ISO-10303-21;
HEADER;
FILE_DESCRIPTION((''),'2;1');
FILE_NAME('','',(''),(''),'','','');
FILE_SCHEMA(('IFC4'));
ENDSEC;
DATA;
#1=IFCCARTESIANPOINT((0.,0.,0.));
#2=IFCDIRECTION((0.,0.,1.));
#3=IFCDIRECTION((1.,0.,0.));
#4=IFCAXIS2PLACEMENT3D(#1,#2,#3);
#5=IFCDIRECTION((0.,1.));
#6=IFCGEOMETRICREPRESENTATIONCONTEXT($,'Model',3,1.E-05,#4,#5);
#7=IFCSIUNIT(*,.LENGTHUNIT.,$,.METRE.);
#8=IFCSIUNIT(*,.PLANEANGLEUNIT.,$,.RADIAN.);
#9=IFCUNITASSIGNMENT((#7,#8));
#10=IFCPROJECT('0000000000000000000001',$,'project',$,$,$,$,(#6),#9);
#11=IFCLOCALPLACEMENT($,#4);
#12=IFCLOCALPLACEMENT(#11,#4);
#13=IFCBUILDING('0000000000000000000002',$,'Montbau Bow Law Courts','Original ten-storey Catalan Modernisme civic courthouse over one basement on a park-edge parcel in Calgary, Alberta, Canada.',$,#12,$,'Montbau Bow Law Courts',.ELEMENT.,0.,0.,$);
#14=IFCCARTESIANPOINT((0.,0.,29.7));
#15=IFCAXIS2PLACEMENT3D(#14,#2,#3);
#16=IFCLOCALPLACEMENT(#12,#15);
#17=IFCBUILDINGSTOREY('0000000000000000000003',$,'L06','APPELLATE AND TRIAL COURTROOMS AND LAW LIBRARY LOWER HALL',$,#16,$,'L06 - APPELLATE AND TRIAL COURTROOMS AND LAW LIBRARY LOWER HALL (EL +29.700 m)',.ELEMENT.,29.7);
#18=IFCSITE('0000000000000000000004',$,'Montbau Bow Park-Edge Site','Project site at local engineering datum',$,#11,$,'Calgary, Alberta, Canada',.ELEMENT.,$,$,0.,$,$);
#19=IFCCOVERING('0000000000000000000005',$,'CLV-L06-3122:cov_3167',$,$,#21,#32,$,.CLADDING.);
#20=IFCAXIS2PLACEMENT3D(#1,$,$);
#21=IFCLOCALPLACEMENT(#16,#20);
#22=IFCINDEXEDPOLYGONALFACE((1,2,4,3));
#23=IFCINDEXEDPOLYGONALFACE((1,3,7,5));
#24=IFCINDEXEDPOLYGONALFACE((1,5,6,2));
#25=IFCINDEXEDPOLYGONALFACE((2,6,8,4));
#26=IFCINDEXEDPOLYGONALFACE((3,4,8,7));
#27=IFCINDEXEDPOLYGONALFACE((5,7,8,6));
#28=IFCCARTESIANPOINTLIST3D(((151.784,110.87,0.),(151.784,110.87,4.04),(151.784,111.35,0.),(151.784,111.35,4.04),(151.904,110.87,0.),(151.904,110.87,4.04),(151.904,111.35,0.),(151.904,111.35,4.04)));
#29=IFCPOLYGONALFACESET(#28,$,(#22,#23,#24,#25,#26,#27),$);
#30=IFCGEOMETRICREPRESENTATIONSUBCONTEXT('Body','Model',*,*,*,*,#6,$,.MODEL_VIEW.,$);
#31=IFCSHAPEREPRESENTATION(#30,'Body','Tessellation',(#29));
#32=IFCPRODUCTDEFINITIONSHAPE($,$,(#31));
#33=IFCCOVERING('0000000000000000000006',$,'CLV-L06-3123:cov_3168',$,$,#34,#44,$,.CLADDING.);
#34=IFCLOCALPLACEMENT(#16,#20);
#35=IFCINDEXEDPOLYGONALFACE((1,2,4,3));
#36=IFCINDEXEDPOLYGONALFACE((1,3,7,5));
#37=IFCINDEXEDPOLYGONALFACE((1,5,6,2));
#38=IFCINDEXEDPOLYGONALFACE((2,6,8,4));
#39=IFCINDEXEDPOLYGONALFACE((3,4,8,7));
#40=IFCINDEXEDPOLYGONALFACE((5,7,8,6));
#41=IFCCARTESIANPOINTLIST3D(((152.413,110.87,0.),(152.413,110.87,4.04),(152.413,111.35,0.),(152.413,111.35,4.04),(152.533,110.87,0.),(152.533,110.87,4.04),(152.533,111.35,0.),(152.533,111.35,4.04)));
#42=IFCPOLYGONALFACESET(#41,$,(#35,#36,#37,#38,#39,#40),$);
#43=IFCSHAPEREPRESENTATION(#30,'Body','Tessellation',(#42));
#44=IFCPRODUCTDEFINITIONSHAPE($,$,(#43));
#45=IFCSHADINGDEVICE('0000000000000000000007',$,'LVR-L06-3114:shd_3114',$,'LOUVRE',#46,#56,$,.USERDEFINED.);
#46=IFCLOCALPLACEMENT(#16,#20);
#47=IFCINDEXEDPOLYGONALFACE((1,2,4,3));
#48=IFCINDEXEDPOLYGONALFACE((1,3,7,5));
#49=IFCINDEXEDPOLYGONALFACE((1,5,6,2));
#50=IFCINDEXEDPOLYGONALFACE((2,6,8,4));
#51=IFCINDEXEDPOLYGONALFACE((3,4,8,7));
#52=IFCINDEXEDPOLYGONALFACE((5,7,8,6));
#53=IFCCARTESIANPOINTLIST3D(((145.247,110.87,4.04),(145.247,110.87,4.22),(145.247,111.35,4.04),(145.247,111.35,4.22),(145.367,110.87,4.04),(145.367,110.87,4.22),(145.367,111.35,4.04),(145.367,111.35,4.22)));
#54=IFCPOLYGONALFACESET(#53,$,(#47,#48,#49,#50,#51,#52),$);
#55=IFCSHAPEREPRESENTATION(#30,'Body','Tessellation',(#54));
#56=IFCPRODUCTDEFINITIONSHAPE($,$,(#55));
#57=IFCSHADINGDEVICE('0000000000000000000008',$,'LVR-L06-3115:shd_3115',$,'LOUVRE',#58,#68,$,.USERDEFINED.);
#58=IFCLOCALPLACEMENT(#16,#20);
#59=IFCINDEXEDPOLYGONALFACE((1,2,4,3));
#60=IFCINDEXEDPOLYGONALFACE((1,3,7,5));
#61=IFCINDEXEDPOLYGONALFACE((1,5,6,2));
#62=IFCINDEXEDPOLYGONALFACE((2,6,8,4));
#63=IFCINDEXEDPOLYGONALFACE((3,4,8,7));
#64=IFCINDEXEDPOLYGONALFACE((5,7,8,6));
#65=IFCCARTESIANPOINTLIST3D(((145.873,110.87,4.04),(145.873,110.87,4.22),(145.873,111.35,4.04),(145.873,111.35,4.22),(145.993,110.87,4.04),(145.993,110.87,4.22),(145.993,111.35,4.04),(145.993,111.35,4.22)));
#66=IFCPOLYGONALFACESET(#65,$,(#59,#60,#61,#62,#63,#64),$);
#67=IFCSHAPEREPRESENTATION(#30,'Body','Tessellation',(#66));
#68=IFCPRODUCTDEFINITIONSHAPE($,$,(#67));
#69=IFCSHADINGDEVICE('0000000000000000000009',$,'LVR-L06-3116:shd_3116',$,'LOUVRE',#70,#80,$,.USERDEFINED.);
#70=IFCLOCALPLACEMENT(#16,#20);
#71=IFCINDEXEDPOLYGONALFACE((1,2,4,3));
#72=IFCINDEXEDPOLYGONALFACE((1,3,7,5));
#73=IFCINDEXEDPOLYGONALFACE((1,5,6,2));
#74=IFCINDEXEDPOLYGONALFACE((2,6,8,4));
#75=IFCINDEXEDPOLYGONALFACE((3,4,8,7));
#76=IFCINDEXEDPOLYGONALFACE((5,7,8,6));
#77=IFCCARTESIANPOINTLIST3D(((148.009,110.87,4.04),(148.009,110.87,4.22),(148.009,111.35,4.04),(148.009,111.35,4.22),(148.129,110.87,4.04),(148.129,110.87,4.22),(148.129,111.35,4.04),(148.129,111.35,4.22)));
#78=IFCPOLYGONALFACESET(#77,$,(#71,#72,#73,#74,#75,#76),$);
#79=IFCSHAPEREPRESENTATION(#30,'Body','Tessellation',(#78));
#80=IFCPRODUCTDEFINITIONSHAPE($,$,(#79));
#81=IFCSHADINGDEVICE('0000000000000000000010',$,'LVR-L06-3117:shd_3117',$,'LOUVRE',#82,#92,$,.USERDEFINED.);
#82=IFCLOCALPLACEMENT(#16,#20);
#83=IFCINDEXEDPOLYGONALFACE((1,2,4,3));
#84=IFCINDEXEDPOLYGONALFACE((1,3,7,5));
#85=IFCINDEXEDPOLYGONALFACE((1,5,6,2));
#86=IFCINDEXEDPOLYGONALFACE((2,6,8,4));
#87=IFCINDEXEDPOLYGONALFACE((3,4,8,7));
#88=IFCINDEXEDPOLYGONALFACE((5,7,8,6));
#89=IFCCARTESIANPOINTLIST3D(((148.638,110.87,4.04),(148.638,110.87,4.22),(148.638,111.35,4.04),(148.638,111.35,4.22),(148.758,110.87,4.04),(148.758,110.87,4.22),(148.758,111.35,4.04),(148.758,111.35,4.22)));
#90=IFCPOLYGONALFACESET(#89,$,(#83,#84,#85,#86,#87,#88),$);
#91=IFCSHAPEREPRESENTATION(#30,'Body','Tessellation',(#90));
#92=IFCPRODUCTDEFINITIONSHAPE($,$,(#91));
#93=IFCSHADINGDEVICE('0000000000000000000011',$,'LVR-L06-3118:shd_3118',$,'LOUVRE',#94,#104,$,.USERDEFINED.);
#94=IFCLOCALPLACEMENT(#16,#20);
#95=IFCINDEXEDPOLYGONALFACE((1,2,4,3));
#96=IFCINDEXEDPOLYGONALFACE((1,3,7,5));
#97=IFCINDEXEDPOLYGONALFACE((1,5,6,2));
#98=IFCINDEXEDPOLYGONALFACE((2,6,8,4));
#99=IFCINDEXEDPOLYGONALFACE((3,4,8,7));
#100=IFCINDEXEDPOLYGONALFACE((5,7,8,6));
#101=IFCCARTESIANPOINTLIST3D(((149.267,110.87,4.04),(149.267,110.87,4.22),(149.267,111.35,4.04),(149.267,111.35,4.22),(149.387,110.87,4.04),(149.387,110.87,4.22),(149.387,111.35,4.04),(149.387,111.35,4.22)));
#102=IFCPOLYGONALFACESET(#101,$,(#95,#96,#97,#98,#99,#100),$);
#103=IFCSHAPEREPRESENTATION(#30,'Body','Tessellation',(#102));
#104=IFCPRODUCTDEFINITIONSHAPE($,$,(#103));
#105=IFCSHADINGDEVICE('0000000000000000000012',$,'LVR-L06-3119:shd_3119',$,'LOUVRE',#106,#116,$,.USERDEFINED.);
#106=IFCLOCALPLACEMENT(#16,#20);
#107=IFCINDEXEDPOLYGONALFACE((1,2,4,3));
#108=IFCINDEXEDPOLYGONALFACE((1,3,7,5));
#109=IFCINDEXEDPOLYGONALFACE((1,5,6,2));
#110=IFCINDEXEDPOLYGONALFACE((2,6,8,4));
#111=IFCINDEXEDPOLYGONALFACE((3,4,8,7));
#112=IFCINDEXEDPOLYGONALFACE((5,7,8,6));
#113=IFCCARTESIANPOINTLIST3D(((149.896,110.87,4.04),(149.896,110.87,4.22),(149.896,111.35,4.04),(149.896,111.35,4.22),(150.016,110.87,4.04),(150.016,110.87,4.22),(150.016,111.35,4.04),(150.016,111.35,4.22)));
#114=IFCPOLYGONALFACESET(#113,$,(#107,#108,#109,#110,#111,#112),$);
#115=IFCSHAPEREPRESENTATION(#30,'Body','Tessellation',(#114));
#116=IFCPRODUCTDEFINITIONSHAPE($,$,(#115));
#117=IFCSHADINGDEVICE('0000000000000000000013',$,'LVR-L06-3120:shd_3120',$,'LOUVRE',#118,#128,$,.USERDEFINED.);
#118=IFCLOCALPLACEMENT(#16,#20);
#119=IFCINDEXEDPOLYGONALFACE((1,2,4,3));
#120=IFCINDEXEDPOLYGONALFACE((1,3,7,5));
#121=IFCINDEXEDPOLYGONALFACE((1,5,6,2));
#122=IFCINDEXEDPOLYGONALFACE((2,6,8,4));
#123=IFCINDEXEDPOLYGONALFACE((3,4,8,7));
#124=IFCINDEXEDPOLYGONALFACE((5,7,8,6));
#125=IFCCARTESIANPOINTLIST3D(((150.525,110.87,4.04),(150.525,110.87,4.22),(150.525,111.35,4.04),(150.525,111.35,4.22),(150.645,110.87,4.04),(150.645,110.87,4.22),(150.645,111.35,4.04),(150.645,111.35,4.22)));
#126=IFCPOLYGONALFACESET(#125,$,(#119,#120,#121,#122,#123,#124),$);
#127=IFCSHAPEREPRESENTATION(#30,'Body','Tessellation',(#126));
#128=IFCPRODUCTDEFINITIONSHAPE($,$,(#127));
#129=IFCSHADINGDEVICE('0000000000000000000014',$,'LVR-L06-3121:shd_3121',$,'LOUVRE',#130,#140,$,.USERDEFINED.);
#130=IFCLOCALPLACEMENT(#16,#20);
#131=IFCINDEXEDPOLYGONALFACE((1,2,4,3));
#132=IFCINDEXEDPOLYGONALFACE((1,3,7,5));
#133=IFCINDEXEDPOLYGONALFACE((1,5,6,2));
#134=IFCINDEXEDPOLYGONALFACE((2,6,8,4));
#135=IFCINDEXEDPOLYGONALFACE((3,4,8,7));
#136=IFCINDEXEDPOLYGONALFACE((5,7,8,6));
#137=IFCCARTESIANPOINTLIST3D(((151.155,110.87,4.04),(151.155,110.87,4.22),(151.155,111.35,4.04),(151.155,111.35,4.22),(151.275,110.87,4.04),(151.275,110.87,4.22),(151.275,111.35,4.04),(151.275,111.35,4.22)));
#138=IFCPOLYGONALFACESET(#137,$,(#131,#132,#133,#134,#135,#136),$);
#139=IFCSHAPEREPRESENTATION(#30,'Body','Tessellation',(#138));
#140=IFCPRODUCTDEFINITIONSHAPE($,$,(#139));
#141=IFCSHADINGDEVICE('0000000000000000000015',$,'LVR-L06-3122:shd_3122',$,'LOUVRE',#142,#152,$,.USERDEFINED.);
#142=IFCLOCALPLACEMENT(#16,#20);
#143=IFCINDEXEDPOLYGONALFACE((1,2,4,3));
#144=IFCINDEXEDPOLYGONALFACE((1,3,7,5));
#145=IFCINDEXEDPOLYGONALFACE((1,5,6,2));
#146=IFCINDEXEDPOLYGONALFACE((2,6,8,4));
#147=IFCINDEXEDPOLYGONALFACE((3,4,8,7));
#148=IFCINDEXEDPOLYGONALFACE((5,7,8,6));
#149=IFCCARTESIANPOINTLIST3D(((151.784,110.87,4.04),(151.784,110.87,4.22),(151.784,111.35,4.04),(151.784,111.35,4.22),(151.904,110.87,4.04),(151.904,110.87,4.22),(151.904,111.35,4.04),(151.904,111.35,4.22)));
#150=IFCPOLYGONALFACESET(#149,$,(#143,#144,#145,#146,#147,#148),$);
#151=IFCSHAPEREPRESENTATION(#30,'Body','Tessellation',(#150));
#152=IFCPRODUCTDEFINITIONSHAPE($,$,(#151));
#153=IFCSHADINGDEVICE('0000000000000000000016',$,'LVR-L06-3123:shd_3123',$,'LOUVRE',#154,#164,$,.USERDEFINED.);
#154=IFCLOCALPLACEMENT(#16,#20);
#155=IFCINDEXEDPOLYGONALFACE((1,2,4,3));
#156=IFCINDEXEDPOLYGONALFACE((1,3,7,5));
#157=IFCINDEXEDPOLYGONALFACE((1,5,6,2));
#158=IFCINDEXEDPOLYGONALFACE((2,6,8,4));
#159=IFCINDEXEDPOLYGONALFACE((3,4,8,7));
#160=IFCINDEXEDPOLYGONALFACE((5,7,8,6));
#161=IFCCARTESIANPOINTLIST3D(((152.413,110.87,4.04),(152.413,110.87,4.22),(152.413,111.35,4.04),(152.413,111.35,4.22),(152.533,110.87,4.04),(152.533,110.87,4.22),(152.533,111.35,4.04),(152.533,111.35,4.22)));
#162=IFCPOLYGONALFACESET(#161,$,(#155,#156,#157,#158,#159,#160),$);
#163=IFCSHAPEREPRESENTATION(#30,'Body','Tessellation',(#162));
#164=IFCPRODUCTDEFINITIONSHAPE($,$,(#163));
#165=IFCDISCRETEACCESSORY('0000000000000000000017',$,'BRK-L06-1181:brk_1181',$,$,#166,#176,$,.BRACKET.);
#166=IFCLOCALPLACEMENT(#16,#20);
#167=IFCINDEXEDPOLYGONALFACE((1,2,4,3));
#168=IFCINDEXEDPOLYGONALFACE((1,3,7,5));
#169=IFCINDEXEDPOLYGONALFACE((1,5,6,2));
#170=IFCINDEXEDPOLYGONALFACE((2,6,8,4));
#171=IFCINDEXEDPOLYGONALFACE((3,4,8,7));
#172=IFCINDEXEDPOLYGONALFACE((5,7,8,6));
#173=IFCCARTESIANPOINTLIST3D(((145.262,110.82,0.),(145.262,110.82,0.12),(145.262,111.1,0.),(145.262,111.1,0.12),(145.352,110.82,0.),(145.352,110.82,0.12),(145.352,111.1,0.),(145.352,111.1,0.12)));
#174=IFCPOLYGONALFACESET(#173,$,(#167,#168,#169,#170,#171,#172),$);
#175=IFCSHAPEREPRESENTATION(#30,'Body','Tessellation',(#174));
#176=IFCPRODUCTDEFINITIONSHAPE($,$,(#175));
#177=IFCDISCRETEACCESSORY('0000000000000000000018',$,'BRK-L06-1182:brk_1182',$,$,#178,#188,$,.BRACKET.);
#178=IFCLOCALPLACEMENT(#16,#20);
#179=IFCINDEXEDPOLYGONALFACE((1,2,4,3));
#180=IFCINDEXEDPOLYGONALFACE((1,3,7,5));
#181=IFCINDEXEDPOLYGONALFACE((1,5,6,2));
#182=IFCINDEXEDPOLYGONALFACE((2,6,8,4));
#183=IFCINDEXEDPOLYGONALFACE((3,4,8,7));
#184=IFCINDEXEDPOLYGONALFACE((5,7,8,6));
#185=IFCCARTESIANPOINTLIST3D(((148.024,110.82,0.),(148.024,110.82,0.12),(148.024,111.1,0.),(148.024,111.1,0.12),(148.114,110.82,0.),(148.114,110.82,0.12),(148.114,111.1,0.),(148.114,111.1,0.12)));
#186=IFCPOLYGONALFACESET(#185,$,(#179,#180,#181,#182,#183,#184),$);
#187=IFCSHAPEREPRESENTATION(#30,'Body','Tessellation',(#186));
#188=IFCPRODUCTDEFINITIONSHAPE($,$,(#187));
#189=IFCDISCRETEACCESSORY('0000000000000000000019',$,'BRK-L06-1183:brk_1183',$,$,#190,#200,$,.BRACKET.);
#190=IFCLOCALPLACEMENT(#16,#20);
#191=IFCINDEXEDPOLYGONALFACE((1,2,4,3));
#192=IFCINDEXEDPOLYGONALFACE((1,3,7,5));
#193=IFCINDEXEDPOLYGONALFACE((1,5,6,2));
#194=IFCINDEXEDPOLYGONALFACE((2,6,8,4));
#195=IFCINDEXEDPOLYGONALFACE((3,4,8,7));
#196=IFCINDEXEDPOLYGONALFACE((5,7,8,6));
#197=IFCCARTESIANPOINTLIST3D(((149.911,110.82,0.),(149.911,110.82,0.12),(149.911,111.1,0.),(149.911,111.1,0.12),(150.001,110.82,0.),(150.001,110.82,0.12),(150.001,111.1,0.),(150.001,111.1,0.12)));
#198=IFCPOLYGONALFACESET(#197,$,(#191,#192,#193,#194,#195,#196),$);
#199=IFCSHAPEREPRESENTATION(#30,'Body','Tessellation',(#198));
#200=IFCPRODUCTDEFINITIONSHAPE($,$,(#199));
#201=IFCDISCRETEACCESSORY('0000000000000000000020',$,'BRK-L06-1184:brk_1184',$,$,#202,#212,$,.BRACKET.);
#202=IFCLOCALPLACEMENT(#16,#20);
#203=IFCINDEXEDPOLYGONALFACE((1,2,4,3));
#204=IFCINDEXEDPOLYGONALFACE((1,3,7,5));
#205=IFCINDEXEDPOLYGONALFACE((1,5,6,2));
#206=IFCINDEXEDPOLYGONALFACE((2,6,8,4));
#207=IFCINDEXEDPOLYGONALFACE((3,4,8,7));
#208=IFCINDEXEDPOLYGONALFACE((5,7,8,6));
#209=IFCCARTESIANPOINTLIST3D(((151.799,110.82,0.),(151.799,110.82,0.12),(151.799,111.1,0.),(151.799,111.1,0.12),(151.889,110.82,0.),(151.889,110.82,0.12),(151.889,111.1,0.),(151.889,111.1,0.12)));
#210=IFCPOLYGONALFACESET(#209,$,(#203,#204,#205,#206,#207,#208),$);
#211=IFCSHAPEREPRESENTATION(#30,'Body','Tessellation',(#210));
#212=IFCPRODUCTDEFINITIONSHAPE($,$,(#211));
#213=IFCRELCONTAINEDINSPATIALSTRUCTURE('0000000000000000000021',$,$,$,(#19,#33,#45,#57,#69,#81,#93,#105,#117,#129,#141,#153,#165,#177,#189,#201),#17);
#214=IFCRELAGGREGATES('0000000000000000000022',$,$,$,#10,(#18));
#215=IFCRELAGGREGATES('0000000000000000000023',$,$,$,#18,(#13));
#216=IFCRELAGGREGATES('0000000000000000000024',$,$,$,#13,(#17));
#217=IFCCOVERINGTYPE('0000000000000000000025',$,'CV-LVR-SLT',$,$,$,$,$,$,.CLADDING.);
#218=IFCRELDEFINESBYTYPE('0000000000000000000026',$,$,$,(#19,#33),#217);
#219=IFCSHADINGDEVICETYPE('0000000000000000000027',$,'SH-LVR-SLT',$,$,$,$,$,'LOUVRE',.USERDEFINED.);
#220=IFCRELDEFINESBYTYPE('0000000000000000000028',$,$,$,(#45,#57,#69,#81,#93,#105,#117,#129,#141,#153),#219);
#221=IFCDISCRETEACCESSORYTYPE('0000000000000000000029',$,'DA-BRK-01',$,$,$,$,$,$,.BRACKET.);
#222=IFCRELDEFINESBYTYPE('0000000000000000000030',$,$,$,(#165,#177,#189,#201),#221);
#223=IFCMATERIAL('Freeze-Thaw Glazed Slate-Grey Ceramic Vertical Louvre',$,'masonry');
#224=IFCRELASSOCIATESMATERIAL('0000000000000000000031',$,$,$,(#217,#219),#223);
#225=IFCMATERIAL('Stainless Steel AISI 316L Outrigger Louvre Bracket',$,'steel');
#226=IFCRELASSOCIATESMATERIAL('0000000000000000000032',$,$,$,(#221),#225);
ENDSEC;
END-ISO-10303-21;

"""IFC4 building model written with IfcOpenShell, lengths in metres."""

from ifc_helpers import new_model, si_unit, direction, frame, frame_2d, origin_with_axes, origin_2d_with_axis, place, context, subcontext, project, spatial, rectangle, extrude, material, type_object, element, save


model = new_model("IFC4")

# Units and contexts
model_context = context("Model", 3, precision=1e-05, world=origin_with_axes(), true_north=direction((0.0, 1.0)))
body_context = subcontext(model_context, "Body", "Model", "MODEL_VIEW")
ifc_project = project(units=[si_unit("LENGTHUNIT", "METRE"), si_unit("PLANEANGLEUNIT", "RADIAN")], contexts=[model_context])

# Site, building, storey
site_placement = place(None, origin_with_axes())
site = spatial("IfcSite", under=ifc_project, at=site_placement, Name="Montbau Bow Park-Edge Site", Description="Project site at local engineering datum", LongName="Calgary, Alberta, Canada", CompositionType="ELEMENT", RefElevation=0.0)
building_placement = place(site_placement, origin_with_axes())
building = spatial("IfcBuilding", under=site, at=building_placement, Name="Montbau Bow Law Courts", Description="Original ten-storey Catalan Modernisme civic courthouse over one basement on a park-edge parcel in Calgary, Alberta, Canada.", LongName="Montbau Bow Law Courts", CompositionType="ELEMENT", ElevationOfRefHeight=0.0, ElevationOfTerrain=0.0)
storey_placement = place(building_placement, frame((0.0, 0.0, 29.7), z_axis=(0.0, 0.0, 1.0), x_axis=(1.0, 0.0, 0.0)))
storey = spatial("IfcBuildingStorey", under=building, at=storey_placement, Name="L06", Description="APPELLATE AND TRIAL COURTROOMS AND LAW LIBRARY LOWER HALL", LongName="L06 - APPELLATE AND TRIAL COURTROOMS AND LAW LIBRARY LOWER HALL (EL +29.700 m)", CompositionType="ELEMENT", Elevation=29.7)

# Coverings
ifc_material_1 = material(Name="Freeze-Thaw Glazed Slate-Grey Ceramic Vertical Louvre", Category="masonry")
covering_type = type_object("IfcCoveringType", Name="CV-LVR-SLT", PredefinedType="CLADDING", material=ifc_material_1)
for number, where, z_axis, x_axis, name in (
    (1, (151.844, 110.87, 29.7), (1.0, 0.0, 0.0), (0.0, 1.0, 0.0), "CLV-L06-3122:cov_3167"),
    (2, (152.473, 110.87, 29.7), (1.0, 0.0, 0.0), (0.0, 1.0, 0.0), "CLV-L06-3123:cov_3168"),
):
    element("IfcCovering", number, at=place(None, frame(where, z_axis=z_axis, x_axis=x_axis)), inside=storey, type_object=covering_type, Name=name, PredefinedType="CLADDING", context=body_context, shape_type="SweptSolid", body=[
        extrude(rectangle(XDim=0.48, YDim=4.04, at=frame_2d((0.24, 2.02), x_axis=(1.0, 0.0))), frame((0.0, 0.0, -0.06), z_axis=(0.0, 0.0, 1.0), x_axis=(1.0, 0.0, 0.0)), (0.0, 0.0, 1.0), 0.12),
    ])

# Shading devices
shading_device_type = type_object("IfcShadingDeviceType", Name="SH-LVR-SLT", ElementType="LOUVRE", PredefinedType="USERDEFINED", material=ifc_material_1)
for number, where, z_axis, x_axis, name in (
    (3, (145.307, 111.11, 33.74), (0.0, 0.0, 1.0), (0.0, 1.0, 0.0), "LVR-L06-3114:shd_3114"),
    (4, (145.933, 111.11, 33.74), (0.0, 0.0, 1.0), (0.0, 1.0, 0.0), "LVR-L06-3115:shd_3115"),
    (5, (148.069, 111.11, 33.74), (0.0, 0.0, 1.0), (0.0, 1.0, 0.0), "LVR-L06-3116:shd_3116"),
    (6, (148.698, 111.11, 33.74), (0.0, 0.0, 1.0), (0.0, 1.0, 0.0), "LVR-L06-3117:shd_3117"),
    (7, (149.327, 111.11, 33.74), (0.0, 0.0, 1.0), (0.0, 1.0, 0.0), "LVR-L06-3118:shd_3118"),
    (8, (149.956, 111.11, 33.74), (0.0, 0.0, 1.0), (0.0, 1.0, 0.0), "LVR-L06-3119:shd_3119"),
    (9, (150.585, 111.11, 33.74), (0.0, 0.0, 1.0), (0.0, 1.0, 0.0), "LVR-L06-3120:shd_3120"),
    (10, (151.215, 111.11, 33.74), (0.0, 0.0, 1.0), (0.0, 1.0, 0.0), "LVR-L06-3121:shd_3121"),
    (11, (151.844, 111.11, 33.74), (0.0, 0.0, 1.0), (0.0, 1.0, 0.0), "LVR-L06-3122:shd_3122"),
    (12, (152.473, 111.11, 33.74), (0.0, 0.0, 1.0), (0.0, 1.0, 0.0), "LVR-L06-3123:shd_3123"),
):
    element("IfcShadingDevice", number, at=place(None, frame(where, z_axis=z_axis, x_axis=x_axis)), inside=storey, type_object=shading_device_type, Name=name, ObjectType="LOUVRE", PredefinedType="USERDEFINED", context=body_context, shape_type="SweptSolid", body=[
        extrude(rectangle(XDim=0.48, YDim=0.12, at=origin_2d_with_axis()), origin_with_axes(), (0.0, 0.0, 1.0), 0.18),
    ])

# Discrete accessories
ifc_material_2 = material(Name="Stainless Steel AISI 316L Outrigger Louvre Bracket", Category="steel")
discrete_accessory_type = type_object("IfcDiscreteAccessoryType", Name="DA-BRK-01", PredefinedType="BRACKET", material=ifc_material_2)
for number, where, z_axis, x_axis, name in (
    (13, (145.307, 110.96, 29.7), (0.0, 0.0, 1.0), (0.0, 1.0, 0.0), "BRK-L06-1181:brk_1181"),
    (14, (148.069, 110.96, 29.7), (0.0, 0.0, 1.0), (0.0, 1.0, 0.0), "BRK-L06-1182:brk_1182"),
    (15, (149.956, 110.96, 29.7), (0.0, 0.0, 1.0), (0.0, 1.0, 0.0), "BRK-L06-1183:brk_1183"),
    (16, (151.844, 110.96, 29.7), (0.0, 0.0, 1.0), (0.0, 1.0, 0.0), "BRK-L06-1184:brk_1184"),
):
    element("IfcDiscreteAccessory", number, at=place(None, frame(where, z_axis=z_axis, x_axis=x_axis)), inside=storey, type_object=discrete_accessory_type, Name=name, PredefinedType="BRACKET", context=body_context, shape_type="SweptSolid", body=[
        extrude(rectangle(XDim=0.28, YDim=0.09, at=origin_2d_with_axis()), origin_with_axes(), (0.0, 0.0, 1.0), 0.12),
    ])

save(model, "model.ifc")
